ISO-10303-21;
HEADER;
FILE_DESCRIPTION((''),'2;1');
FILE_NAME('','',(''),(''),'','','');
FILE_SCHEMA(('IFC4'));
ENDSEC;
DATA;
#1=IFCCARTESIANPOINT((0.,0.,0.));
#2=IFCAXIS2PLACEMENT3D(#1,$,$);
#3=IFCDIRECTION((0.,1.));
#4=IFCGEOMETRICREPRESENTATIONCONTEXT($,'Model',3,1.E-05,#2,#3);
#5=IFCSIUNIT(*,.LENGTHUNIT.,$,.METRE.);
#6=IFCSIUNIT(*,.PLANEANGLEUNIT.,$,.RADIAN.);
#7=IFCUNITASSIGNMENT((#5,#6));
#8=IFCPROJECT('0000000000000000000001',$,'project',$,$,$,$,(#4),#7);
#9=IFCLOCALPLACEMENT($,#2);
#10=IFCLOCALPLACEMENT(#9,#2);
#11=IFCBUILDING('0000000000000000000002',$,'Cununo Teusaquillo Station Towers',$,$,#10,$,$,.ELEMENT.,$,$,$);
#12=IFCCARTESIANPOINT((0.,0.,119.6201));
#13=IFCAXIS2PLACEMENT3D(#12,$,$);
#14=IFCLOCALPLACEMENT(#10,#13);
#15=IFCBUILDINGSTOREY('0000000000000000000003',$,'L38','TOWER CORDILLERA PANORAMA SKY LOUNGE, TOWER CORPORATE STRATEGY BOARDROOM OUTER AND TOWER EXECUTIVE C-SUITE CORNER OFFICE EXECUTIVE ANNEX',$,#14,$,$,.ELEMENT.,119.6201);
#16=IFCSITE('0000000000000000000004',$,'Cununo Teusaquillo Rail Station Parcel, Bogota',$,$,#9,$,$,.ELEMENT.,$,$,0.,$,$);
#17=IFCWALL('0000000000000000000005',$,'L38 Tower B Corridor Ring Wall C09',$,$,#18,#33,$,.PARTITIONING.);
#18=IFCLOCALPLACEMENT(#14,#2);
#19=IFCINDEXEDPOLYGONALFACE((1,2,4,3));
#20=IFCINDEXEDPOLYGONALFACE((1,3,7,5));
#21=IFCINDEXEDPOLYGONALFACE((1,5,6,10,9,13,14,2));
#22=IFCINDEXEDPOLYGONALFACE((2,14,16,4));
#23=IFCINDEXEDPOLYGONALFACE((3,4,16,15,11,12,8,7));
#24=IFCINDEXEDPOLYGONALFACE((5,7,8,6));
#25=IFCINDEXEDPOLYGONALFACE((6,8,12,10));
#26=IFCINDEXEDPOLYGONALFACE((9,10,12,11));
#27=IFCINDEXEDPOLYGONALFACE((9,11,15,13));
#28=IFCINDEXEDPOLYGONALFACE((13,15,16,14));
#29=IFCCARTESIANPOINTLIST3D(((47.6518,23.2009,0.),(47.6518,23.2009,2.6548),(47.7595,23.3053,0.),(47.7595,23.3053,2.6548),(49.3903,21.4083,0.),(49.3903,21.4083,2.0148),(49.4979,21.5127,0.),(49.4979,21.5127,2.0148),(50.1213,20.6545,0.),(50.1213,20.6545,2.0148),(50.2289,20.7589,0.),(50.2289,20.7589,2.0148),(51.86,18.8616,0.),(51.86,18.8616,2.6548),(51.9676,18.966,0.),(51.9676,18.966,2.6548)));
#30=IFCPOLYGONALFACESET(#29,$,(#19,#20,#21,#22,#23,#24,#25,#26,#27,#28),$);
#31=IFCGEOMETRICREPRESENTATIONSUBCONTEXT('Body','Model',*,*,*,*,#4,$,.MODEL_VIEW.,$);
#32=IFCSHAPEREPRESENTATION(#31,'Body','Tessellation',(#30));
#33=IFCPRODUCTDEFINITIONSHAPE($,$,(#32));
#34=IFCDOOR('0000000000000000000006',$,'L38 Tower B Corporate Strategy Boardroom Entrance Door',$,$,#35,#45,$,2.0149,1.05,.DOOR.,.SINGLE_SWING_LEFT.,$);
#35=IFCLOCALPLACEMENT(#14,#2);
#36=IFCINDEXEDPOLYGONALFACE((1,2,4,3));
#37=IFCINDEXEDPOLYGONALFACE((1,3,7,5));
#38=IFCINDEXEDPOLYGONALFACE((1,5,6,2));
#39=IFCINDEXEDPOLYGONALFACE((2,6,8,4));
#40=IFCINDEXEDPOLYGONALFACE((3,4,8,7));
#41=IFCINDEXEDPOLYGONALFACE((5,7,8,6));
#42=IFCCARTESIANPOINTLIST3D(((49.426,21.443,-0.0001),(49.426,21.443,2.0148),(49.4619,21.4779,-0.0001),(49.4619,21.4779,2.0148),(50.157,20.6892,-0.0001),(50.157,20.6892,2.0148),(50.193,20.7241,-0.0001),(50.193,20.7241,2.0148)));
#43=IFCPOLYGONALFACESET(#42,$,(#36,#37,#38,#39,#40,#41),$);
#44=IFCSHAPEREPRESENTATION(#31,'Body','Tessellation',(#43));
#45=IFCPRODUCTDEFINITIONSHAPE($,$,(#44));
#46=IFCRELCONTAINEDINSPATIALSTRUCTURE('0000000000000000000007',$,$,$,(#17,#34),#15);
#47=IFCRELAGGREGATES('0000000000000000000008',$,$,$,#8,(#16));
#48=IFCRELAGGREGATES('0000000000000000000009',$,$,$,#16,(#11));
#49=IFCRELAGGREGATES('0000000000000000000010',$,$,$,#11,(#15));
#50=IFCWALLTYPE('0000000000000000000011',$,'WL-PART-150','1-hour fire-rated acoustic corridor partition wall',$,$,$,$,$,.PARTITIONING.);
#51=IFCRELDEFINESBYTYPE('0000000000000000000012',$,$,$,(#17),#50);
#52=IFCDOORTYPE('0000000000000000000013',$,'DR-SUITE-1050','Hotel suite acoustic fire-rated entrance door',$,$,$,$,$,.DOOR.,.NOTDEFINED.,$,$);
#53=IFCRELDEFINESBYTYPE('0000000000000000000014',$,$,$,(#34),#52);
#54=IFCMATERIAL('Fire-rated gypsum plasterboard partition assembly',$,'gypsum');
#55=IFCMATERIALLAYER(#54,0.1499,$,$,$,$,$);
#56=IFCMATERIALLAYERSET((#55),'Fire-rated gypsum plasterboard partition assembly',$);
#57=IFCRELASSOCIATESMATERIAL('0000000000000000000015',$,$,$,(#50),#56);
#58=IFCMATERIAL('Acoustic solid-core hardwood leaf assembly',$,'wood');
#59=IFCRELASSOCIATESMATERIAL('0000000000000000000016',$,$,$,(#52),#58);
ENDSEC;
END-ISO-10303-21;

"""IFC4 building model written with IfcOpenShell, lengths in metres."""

from ifc_helpers import new_model, si_unit, direction, frame, frame_2d, origin, place, context, subcontext, project, spatial, rectangle, extrude, source, transform, mapped, material, layer, layer_set, type_object, element, fill, save


model = new_model("IFC4")

# Units and contexts
model_context = context("Model", 3, precision=1e-05, world=origin(), true_north=direction((0.0, 1.0)))
body_context = subcontext(model_context, "Body", "Model", "MODEL_VIEW")
ifc_project = project(units=[si_unit("LENGTHUNIT", "METRE"), si_unit("PLANEANGLEUNIT", "RADIAN")], contexts=[model_context])

# Site, building, storey
site_placement = place(None, origin())
site = spatial("IfcSite", under=ifc_project, at=site_placement, Name="Cununo Teusaquillo Rail Station Parcel, Bogota", CompositionType="ELEMENT", RefElevation=0.0)
building_placement = place(site_placement, origin())
building = spatial("IfcBuilding", under=site, at=building_placement, Name="Cununo Teusaquillo Station Towers", CompositionType="ELEMENT")
storey_placement = place(building_placement, frame((0.0, 0.0, 119.6201)))
storey = spatial("IfcBuildingStorey", under=building, at=storey_placement, Name="L38", Description="TOWER CORDILLERA PANORAMA SKY LOUNGE, TOWER CORPORATE STRATEGY BOARDROOM OUTER AND TOWER EXECUTIVE C-SUITE CORNER OFFICE EXECUTIVE ANNEX", CompositionType="ELEMENT", Elevation=119.6201)

# Shared definitions
ifc_material_1 = material(Name="Fire-rated gypsum plasterboard partition assembly", Category="gypsum")
ifc_layer_1 = layer(ifc_material_1, 0.1499)
ifc_layer_set_1 = layer_set([ifc_layer_1], Name="Fire-rated gypsum plasterboard partition assembly")
wall_type_1 = type_object("IfcWallType", Name="WL-PART-150", Description="1-hour fire-rated acoustic corridor partition wall", PredefinedType="PARTITIONING", material=ifc_layer_set_1)

# Wall, opening, door
wall_1_placement = place(storey_placement, frame((47.7056, 23.2532, 0.0), z_axis=(0.0, 0.0, 1.0), x_axis=(0.696179, -0.717868, 0.0)))
wall_1 = element("IfcWall", 1, at=wall_1_placement, inside=storey, type_object=wall_type_1, Name="L38 Tower B Corridor Ring Wall C09", PredefinedType="PARTITIONING", context=body_context, shape_type="SweptSolid", body=[
    extrude(rectangle(XDim=6.0447, YDim=0.1499, at=frame_2d((3.0225, 0.0))), origin(), (0.0, 0.0, 1.0), 2.6548),
])
shared_shape_1 = source(origin(), body_context, "Body", "SweptSolid", [
    extrude(rectangle(XDim=1.05, YDim=2.0149, at=frame_2d((0.5249, 1.0073))), frame((0.0, 0.085, 0.0), z_axis=(0.0, -1.0, 0.0), x_axis=(1.0, 0.0, 0.0)), (0.0, 0.0, 1.0), 0.1699),
])
opening_1_placement = place(wall_1_placement, frame((2.4973, 0.0, 0.0)))
opening_1 = element("IfcOpeningElement", 2, at=opening_1_placement, cuts=wall_1, PredefinedType="OPENING", context=body_context, shape_type="MappedRepresentation", body=[
    mapped(shared_shape_1, transform((0.0, 0.0, 0.0), x_axis=(1.0, 0.0, 0.0), y_axis=(0.0, 1.0, 0.0), z_axis=(0.0, 0.0, 1.0), scale=1.0)),
])
ifc_material_2 = material(Name="Acoustic solid-core hardwood leaf assembly", Category="wood")
door_type_1 = type_object("IfcDoorType", Name="DR-SUITE-1050", Description="Hotel suite acoustic fire-rated entrance door", OperationType="NOTDEFINED", PredefinedType="DOOR", material=ifc_material_2)
shared_shape_2 = source(origin(), body_context, "Body", "SweptSolid", [
    extrude(rectangle(XDim=1.05, YDim=2.0149, at=frame_2d((0.5249, 1.0073))), frame((0.0, 0.0249, 0.0), z_axis=(0.0, -1.0, 0.0), x_axis=(1.0, 0.0, 0.0)), (0.0, 0.0, 1.0), 0.05),
])
door_1_placement = place(opening_1_placement, origin())
door_1 = element("IfcDoor", 3, at=door_1_placement, inside=storey, type_object=door_type_1, Name="L38 Tower B Corporate Strategy Boardroom Entrance Door", OperationType="SINGLE_SWING_LEFT", OverallHeight=2.0149, OverallWidth=1.05, PredefinedType="DOOR", context=body_context, shape_type="MappedRepresentation", body=[
    mapped(shared_shape_2, transform((0.0, 0.0, 0.0), x_axis=(1.0, 0.0, 0.0), y_axis=(0.0, 1.0, 0.0), z_axis=(0.0, 0.0, 1.0), scale=1.0)),
])
fill(opening_1, door_1)

save(model, "model.ifc")
